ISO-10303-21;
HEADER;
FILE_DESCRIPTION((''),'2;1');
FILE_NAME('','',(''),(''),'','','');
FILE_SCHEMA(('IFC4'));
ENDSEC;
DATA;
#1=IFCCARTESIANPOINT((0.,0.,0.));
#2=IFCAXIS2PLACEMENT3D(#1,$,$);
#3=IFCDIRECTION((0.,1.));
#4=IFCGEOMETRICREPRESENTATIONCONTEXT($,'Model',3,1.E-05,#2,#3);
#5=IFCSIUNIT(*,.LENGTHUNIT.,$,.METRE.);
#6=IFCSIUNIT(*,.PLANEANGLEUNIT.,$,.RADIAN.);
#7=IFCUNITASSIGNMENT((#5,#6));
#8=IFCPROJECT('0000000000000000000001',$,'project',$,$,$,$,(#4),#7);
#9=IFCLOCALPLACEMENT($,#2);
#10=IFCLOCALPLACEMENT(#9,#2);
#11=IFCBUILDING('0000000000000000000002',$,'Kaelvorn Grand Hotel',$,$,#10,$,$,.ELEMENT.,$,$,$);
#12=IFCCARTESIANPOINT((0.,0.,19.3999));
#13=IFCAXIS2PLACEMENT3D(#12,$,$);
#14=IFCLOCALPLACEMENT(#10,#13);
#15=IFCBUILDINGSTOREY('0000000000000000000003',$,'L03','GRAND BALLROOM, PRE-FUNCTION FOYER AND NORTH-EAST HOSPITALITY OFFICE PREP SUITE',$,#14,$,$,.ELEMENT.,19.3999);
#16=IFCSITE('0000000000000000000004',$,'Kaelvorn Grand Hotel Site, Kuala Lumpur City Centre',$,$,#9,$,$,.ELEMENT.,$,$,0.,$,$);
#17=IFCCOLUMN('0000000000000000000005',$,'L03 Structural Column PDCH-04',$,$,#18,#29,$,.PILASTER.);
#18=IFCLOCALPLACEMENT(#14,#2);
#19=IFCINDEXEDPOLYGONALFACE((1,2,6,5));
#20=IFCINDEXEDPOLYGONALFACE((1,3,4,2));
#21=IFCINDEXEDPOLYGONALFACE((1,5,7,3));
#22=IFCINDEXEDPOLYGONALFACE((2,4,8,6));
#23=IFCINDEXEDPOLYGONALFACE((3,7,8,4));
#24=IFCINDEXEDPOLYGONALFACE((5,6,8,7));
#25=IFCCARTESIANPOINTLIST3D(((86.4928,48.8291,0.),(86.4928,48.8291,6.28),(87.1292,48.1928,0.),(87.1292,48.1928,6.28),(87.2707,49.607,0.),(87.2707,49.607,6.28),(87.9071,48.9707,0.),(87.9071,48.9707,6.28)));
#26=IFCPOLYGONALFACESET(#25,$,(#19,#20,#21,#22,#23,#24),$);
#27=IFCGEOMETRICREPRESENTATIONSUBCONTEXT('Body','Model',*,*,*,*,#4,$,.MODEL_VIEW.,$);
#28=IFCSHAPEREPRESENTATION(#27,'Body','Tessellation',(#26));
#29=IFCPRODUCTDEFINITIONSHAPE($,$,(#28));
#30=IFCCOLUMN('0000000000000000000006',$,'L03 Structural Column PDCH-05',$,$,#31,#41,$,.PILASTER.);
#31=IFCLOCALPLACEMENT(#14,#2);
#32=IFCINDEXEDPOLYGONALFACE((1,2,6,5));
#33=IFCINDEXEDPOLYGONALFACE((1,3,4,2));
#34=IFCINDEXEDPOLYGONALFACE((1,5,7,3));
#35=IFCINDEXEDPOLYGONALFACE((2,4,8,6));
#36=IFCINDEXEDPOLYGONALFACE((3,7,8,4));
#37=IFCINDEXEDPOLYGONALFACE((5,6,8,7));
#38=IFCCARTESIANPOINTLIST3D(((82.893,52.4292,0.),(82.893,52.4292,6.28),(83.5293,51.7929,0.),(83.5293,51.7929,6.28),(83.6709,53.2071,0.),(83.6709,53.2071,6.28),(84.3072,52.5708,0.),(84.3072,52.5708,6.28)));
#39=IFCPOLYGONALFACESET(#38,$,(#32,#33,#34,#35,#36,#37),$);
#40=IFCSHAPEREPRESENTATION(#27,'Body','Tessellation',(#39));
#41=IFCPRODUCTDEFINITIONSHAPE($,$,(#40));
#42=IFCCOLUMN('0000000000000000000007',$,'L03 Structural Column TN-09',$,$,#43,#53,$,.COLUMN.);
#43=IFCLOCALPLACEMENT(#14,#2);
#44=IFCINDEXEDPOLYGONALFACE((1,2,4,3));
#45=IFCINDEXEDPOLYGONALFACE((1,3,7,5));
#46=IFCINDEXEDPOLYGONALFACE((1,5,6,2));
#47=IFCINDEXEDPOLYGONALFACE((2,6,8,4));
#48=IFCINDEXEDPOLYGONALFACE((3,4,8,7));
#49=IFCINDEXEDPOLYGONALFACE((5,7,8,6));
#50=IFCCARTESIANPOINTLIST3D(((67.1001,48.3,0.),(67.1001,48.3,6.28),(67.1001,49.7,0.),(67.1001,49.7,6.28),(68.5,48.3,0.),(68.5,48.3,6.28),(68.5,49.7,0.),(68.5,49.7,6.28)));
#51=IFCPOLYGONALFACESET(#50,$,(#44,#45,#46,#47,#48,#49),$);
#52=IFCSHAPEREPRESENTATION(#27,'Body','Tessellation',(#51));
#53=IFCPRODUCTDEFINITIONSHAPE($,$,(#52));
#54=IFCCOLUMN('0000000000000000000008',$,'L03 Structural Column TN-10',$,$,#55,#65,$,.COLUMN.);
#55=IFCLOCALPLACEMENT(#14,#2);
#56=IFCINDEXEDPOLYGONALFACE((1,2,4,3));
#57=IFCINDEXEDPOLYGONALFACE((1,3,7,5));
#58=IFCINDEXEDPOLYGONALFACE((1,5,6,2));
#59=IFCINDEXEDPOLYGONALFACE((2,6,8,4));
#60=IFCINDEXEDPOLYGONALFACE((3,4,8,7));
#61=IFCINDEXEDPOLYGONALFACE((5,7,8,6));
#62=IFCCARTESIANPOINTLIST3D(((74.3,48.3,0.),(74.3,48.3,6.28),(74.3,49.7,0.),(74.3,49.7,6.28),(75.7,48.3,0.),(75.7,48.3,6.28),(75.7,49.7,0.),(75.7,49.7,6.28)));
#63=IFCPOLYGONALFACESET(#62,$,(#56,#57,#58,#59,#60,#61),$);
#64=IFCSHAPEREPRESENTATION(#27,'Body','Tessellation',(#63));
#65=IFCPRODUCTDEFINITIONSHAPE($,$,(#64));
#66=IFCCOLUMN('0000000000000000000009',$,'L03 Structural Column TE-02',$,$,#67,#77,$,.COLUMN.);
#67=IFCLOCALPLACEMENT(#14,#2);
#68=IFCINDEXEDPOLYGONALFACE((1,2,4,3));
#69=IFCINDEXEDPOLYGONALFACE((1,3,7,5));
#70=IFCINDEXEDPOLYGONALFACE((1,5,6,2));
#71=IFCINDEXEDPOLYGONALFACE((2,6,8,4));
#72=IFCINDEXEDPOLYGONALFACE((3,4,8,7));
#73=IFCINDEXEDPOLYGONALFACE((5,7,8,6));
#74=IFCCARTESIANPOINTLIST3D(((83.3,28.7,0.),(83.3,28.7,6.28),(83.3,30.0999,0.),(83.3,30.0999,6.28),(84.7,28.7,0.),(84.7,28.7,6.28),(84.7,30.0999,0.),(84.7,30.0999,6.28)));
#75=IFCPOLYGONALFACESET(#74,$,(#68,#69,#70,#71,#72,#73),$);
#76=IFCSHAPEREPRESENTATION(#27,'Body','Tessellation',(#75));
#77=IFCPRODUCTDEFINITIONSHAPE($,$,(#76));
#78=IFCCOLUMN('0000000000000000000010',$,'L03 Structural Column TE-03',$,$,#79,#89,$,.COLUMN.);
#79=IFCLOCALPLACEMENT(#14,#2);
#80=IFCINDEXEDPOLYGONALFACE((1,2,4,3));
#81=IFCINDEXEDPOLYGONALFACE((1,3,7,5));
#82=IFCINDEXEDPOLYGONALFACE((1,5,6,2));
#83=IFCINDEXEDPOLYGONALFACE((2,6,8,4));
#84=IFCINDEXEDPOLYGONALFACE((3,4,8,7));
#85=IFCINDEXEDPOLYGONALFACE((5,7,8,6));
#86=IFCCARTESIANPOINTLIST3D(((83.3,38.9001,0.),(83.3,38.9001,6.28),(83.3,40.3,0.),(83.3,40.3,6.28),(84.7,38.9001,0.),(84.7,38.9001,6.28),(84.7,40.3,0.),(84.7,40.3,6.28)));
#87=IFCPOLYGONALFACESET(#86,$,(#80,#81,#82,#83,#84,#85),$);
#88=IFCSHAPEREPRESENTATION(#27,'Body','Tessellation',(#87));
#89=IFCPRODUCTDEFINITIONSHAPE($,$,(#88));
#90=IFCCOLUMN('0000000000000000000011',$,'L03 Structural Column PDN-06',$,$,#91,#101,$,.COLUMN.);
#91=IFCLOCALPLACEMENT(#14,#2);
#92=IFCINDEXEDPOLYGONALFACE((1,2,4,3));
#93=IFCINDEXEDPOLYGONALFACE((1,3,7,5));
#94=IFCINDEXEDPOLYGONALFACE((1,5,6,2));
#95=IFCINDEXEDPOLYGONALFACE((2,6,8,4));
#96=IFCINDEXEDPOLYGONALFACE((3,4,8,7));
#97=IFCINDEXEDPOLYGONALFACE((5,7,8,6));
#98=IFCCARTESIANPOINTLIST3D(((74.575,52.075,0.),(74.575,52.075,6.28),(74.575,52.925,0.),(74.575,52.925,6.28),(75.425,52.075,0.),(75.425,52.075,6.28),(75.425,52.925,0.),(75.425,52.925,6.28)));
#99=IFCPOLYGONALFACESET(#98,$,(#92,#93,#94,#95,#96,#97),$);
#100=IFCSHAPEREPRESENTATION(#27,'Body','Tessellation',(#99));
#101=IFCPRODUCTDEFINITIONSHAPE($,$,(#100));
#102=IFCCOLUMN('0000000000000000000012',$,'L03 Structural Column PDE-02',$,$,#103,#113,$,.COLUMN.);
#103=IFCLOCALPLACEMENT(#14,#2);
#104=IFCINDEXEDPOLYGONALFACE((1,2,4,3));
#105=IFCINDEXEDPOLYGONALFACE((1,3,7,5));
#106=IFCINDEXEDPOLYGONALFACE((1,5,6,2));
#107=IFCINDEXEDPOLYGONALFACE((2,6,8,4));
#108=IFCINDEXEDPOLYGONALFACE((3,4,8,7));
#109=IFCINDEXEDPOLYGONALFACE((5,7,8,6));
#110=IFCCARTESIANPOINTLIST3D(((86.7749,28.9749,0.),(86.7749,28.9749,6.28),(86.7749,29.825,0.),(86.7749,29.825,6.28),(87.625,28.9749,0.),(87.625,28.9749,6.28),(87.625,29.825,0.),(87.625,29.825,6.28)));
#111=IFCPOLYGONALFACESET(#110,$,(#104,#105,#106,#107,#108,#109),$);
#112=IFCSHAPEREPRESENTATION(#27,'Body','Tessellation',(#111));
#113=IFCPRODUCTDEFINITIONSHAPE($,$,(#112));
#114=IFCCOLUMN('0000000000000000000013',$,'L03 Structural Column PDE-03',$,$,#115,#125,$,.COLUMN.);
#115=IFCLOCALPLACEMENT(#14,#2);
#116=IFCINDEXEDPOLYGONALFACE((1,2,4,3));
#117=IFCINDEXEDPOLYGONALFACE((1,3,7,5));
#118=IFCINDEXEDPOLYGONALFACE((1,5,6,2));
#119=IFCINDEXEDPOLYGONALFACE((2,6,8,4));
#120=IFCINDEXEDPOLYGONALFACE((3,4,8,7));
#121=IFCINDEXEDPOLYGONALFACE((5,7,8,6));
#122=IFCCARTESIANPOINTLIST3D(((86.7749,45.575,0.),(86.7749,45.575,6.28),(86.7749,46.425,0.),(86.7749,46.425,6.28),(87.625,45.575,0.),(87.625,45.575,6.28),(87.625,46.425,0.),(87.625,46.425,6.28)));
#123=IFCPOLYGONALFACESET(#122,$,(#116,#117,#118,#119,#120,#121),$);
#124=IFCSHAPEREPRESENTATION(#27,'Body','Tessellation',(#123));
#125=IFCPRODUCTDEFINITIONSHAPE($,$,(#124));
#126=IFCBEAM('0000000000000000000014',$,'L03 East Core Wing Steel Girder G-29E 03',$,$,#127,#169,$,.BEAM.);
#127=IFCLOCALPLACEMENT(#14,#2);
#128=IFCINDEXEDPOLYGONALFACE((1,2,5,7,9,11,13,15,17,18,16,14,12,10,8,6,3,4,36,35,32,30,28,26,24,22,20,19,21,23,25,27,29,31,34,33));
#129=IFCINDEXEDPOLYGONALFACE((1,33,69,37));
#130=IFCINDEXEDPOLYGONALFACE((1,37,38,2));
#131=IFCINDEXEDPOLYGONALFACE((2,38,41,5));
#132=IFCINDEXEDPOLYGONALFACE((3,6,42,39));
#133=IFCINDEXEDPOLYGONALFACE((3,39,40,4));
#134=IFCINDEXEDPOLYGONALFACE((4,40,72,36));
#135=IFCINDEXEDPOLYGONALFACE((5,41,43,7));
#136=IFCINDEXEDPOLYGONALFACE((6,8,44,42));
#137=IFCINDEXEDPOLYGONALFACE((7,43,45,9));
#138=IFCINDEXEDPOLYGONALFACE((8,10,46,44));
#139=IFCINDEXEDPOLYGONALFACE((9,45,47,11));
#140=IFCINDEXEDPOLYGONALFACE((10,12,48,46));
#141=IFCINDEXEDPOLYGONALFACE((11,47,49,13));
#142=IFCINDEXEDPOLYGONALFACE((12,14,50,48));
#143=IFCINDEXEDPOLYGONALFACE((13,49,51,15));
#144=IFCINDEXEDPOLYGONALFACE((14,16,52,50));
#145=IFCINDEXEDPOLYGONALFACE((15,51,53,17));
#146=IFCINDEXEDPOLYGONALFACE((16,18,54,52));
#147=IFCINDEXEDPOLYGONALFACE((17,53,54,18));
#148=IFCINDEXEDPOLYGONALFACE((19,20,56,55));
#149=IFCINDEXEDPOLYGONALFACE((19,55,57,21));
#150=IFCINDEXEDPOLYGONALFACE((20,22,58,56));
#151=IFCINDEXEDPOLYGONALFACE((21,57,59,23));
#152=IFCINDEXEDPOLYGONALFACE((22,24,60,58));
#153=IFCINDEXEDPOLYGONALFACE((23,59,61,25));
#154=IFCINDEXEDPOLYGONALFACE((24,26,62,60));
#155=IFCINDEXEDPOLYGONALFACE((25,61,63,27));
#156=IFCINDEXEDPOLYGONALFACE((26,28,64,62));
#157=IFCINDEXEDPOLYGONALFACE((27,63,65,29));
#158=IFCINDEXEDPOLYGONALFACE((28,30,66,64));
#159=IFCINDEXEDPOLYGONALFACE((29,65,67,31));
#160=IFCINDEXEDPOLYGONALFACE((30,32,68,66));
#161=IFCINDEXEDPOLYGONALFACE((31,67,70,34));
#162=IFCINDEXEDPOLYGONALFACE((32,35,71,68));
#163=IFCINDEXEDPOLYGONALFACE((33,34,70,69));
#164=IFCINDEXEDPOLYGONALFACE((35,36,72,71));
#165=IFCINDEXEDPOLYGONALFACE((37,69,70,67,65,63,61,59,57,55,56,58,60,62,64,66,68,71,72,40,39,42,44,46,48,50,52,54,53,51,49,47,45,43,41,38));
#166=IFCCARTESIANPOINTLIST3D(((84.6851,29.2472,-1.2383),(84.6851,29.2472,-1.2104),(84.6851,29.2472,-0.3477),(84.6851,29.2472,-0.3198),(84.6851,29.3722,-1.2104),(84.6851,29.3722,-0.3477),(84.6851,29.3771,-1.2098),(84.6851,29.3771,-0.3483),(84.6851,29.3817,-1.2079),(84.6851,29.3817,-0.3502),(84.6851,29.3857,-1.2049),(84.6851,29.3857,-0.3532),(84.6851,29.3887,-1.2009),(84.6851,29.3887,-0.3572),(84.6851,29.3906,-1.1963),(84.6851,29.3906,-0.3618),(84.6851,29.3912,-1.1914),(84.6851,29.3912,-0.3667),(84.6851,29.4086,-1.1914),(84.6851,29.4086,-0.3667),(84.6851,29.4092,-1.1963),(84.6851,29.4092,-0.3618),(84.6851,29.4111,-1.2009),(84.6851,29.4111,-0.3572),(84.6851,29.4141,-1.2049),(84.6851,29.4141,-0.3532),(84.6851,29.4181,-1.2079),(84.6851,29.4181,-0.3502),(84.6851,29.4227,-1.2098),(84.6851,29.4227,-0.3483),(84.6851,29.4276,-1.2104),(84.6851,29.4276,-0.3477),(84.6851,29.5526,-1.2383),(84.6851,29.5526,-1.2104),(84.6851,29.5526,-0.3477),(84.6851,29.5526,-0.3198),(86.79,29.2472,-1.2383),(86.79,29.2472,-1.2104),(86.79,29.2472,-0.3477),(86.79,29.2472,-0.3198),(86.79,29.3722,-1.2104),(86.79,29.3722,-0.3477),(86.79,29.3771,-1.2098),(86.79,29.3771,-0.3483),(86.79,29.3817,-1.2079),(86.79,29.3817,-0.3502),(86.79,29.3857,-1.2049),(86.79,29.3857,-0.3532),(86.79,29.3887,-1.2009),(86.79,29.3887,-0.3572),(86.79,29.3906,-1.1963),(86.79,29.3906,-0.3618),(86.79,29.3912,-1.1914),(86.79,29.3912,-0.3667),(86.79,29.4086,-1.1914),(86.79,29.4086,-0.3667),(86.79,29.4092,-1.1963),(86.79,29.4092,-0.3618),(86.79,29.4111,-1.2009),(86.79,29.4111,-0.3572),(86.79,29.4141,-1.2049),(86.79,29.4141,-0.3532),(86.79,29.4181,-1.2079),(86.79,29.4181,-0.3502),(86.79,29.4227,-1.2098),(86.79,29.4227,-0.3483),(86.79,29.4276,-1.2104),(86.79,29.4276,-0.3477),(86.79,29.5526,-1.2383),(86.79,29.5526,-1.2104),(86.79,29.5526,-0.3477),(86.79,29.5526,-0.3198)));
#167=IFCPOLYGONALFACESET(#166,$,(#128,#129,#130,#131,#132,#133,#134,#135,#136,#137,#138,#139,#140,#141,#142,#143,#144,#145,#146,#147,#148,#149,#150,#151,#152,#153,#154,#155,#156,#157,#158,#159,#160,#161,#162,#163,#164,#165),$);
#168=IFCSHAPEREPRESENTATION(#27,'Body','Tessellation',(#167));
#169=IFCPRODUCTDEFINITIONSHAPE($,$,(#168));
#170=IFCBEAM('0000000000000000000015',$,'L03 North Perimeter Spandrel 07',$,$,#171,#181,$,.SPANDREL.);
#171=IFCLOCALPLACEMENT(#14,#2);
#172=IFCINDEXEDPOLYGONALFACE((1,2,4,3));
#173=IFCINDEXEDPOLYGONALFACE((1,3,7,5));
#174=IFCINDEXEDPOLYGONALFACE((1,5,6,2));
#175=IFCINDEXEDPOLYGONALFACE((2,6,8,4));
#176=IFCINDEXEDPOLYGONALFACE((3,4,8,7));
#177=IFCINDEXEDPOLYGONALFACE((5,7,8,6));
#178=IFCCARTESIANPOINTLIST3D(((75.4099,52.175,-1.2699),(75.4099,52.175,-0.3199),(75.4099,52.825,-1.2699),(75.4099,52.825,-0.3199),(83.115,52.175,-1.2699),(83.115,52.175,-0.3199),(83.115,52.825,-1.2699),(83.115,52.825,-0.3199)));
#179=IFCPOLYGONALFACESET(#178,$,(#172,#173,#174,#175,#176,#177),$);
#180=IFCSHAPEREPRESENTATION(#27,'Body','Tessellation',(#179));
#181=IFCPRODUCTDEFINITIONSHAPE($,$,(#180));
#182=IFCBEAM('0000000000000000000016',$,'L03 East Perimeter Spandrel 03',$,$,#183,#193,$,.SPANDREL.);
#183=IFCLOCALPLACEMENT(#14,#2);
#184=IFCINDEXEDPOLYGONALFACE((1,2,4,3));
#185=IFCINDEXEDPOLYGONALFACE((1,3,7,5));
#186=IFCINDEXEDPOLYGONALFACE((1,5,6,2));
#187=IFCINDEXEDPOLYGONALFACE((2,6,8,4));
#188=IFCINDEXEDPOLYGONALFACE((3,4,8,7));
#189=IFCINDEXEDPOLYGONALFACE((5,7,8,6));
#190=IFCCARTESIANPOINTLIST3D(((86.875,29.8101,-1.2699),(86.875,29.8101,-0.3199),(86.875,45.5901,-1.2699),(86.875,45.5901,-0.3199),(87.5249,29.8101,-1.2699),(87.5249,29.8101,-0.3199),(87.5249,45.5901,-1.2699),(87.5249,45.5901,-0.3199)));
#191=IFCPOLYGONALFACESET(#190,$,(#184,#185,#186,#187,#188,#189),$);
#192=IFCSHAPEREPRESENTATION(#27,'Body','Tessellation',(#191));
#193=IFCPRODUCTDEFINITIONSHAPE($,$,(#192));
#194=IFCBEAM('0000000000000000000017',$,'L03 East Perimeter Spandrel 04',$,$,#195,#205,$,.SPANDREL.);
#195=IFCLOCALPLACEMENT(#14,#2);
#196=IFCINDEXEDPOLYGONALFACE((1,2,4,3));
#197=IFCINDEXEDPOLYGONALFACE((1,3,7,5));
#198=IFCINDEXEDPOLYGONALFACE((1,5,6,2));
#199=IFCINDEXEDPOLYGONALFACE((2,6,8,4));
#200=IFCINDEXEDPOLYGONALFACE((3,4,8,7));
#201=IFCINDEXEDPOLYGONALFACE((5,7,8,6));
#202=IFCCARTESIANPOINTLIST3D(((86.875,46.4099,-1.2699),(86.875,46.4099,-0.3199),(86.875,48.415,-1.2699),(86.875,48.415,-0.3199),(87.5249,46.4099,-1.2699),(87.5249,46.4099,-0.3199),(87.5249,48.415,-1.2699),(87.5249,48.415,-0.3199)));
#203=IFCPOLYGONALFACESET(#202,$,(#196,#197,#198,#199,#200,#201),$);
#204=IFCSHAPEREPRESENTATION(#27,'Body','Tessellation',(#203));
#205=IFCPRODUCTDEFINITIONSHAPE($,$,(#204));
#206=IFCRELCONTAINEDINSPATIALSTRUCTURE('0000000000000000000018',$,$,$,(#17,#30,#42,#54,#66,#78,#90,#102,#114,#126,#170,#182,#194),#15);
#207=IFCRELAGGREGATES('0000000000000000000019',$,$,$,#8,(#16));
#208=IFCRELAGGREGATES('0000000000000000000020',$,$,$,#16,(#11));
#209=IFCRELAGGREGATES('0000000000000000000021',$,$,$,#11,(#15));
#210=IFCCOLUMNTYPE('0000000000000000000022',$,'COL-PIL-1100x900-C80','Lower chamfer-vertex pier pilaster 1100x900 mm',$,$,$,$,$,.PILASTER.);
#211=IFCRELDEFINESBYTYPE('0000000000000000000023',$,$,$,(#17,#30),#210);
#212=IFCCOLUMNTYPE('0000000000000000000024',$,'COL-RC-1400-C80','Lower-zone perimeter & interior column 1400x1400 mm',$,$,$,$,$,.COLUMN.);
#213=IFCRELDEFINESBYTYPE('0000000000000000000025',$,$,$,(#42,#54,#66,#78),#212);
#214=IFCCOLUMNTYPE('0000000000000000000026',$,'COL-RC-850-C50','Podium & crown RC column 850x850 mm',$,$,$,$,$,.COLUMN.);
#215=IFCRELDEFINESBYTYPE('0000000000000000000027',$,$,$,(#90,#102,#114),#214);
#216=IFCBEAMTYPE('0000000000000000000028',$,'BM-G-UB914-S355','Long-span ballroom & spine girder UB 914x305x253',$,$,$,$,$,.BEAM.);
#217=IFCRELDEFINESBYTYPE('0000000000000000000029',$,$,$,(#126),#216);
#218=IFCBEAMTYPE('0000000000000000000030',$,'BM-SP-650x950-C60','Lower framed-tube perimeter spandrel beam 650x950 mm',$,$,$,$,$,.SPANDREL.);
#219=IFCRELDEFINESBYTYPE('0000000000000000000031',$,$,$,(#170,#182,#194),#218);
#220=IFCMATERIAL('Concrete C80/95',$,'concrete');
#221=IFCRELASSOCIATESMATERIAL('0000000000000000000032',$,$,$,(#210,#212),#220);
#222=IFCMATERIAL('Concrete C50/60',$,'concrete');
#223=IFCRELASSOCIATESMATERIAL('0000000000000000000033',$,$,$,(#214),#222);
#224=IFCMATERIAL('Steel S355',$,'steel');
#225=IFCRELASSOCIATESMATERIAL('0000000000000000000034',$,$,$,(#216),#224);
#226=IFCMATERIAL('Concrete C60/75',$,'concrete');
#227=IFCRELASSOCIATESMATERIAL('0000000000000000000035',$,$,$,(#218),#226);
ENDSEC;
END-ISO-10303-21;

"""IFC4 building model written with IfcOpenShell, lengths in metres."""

from ifc_helpers import new_model, si_unit, direction, frame, origin, origin_2d, place, context, subcontext, project, spatial, rectangle, i_section, extrude, material, material_profile, profile_set, type_object, element, save


model = new_model("IFC4")

# Units and contexts
model_context = context("Model", 3, precision=1e-05, world=origin(), true_north=direction((0.0, 1.0)))
body_context = subcontext(model_context, "Body", "Model", "MODEL_VIEW")
ifc_project = project(units=[si_unit("LENGTHUNIT", "METRE"), si_unit("PLANEANGLEUNIT", "RADIAN")], contexts=[model_context])

# Site, building, storey
site_placement = place(None, origin())
site = spatial("IfcSite", under=ifc_project, at=site_placement, Name="Kaelvorn Grand Hotel Site, Kuala Lumpur City Centre", CompositionType="ELEMENT", RefElevation=0.0)
building_placement = place(site_placement, origin())
building = spatial("IfcBuilding", under=site, at=building_placement, Name="Kaelvorn Grand Hotel", CompositionType="ELEMENT")
storey_placement = place(building_placement, frame((0.0, 0.0, 19.3999)))
storey = spatial("IfcBuildingStorey", under=building, at=storey_placement, Name="L03", Description="GRAND BALLROOM, PRE-FUNCTION FOYER AND NORTH-EAST HOSPITALITY OFFICE PREP SUITE", CompositionType="ELEMENT", Elevation=19.3999)

# Columns
ifc_material_1 = material(Name="Concrete C80/95", Category="concrete")
ifc_material_profile_1 = material_profile(ifc_material_1, rectangle(XDim=1.1001, YDim=0.8999, at=origin_2d()), Name="RC PILASTER 1100x900")
ifc_profile_set_1 = profile_set([ifc_material_profile_1], Name="Concrete C80/95")
column_type_1 = type_object("IfcColumnType", Name="COL-PIL-1100x900-C80", Description="Lower chamfer-vertex pier pilaster 1100x900 mm", PredefinedType="PILASTER", material=ifc_profile_set_1)
for number, where, z_axis, x_axis, name in (
    (1, (87.2, 48.8999, 0.0), (0.0, 0.0, 1.0), (0.707107, 0.707107, 0.0), "L03 Structural Column PDCH-04"),
    (2, (83.6001, 52.5, 0.0), (0.0, 0.0, 1.0), (0.707107, 0.707107, 0.0), "L03 Structural Column PDCH-05"),
):
    element("IfcColumn", number, at=place(storey_placement, frame(where, z_axis=z_axis, x_axis=x_axis)), inside=storey, type_object=column_type_1, Name=name, PredefinedType="PILASTER", context=body_context, shape_type="SweptSolid", body=[
        extrude(rectangle(XDim=1.1001, YDim=0.8999, at=origin_2d()), origin(), (0.0, 0.0, 1.0), 6.28),
    ])
ifc_material_profile_2 = material_profile(ifc_material_1, rectangle(XDim=1.3999, YDim=1.3999, at=origin_2d()), Name="RC COL 1400x1400")
ifc_profile_set_2 = profile_set([ifc_material_profile_2], Name="Concrete C80/95")
column_type_2 = type_object("IfcColumnType", Name="COL-RC-1400-C80", Description="Lower-zone perimeter & interior column 1400x1400 mm", PredefinedType="COLUMN", material=ifc_profile_set_2)
for number, where, z_axis, x_axis, name in (
    (3, (67.8, 49.0, 0.0), (0.0, 0.0, 1.0), (1.0, 0.0, 0.0), "L03 Structural Column TN-09"),
    (4, (75.0, 49.0, 0.0), (0.0, 0.0, 1.0), (1.0, 0.0, 0.0), "L03 Structural Column TN-10"),
    (5, (84.0, 29.3999, 0.0), (0.0, 0.0, 1.0), (1.0, 0.0, 0.0), "L03 Structural Column TE-02"),
    (6, (84.0, 39.6001, 0.0), (0.0, 0.0, 1.0), (1.0, 0.0, 0.0), "L03 Structural Column TE-03"),
):
    element("IfcColumn", number, at=place(storey_placement, frame(where, z_axis=z_axis, x_axis=x_axis)), inside=storey, type_object=column_type_2, Name=name, PredefinedType="COLUMN", context=body_context, shape_type="SweptSolid", body=[
        extrude(rectangle(XDim=1.3999, YDim=1.3999, at=origin_2d()), origin(), (0.0, 0.0, 1.0), 6.28),
    ])
ifc_material_2 = material(Name="Concrete C50/60", Category="concrete")
ifc_material_profile_3 = material_profile(ifc_material_2, rectangle(XDim=0.8501, YDim=0.8501, at=origin_2d()), Name="RC COL 850x850")
ifc_profile_set_3 = profile_set([ifc_material_profile_3], Name="Concrete C50/60")
column_type_3 = type_object("IfcColumnType", Name="COL-RC-850-C50", Description="Podium & crown RC column 850x850 mm", PredefinedType="COLUMN", material=ifc_profile_set_3)
for number, where, z_axis, x_axis, name in (
    (7, (75.0, 52.5, 0.0), (0.0, 0.0, 1.0), (1.0, 0.0, 0.0), "L03 Structural Column PDN-06"),
    (8, (87.2, 29.3999, 0.0), (0.0, 0.0, 1.0), (1.0, 0.0, 0.0), "L03 Structural Column PDE-02"),
    (9, (87.2, 46.0, 0.0), (0.0, 0.0, 1.0), (1.0, 0.0, 0.0), "L03 Structural Column PDE-03"),
):
    element("IfcColumn", number, at=place(storey_placement, frame(where, z_axis=z_axis, x_axis=x_axis)), inside=storey, type_object=column_type_3, Name=name, PredefinedType="COLUMN", context=body_context, shape_type="SweptSolid", body=[
        extrude(rectangle(XDim=0.8501, YDim=0.8501, at=origin_2d()), origin(), (0.0, 0.0, 1.0), 6.28),
    ])

# Beams
ifc_material_3 = material(Name="Steel S355", Category="steel")
ifc_material_profile_4 = material_profile(ifc_material_3, i_section(OverallWidth=0.3054, OverallDepth=0.9185, WebThickness=0.0173, FlangeThickness=0.0278, FilletRadius=0.019, at=origin_2d()), Name="UB 914x305x253")
ifc_profile_set_4 = profile_set([ifc_material_profile_4], Name="Steel S355")
beam_type_1 = type_object("IfcBeamType", Name="BM-G-UB914-S355", Description="Long-span ballroom & spine girder UB 914x305x253", PredefinedType="BEAM", material=ifc_profile_set_4)
beam_1_placement = place(storey_placement, frame((84.6851, 29.3999, -0.7791), z_axis=(1.0, 0.0, 0.0), x_axis=(0.0, 1.0, 0.0)))
element("IfcBeam", 10, at=beam_1_placement, inside=storey, type_object=beam_type_1, Name="L03 East Core Wing Steel Girder G-29E 03", PredefinedType="BEAM", context=body_context, shape_type="SweptSolid", body=[
    extrude(i_section(OverallWidth=0.3054, OverallDepth=0.9185, WebThickness=0.0173, FlangeThickness=0.0278, FilletRadius=0.019, at=origin_2d()), origin(), (0.0, 0.0, 1.0), 2.105),
])
ifc_material_4 = material(Name="Concrete C60/75", Category="concrete")
ifc_material_profile_5 = material_profile(ifc_material_4, rectangle(XDim=0.6499, YDim=0.95, at=origin_2d()), Name="RC SPANDREL 650x950")
ifc_profile_set_5 = profile_set([ifc_material_profile_5], Name="Concrete C60/75")
beam_type_2 = type_object("IfcBeamType", Name="BM-SP-650x950-C60", Description="Lower framed-tube perimeter spandrel beam 650x950 mm", PredefinedType="SPANDREL", material=ifc_profile_set_5)
beam_2_placement = place(storey_placement, frame((75.4099, 52.5, -0.7949), z_axis=(1.0, 0.0, 0.0), x_axis=(0.0, 1.0, 0.0)))
element("IfcBeam", 11, at=beam_2_placement, inside=storey, type_object=beam_type_2, Name="L03 North Perimeter Spandrel 07", PredefinedType="SPANDREL", context=body_context, shape_type="SweptSolid", body=[
    extrude(rectangle(XDim=0.6499, YDim=0.95, at=origin_2d()), origin(), (0.0, 0.0, 1.0), 7.7051),
])
beam_3_placement = place(storey_placement, frame((87.2, 29.8101, -0.7949), z_axis=(0.0, 1.0, 0.0), x_axis=(-1.0, 0.0, 0.0)))
element("IfcBeam", 12, at=beam_3_placement, inside=storey, type_object=beam_type_2, Name="L03 East Perimeter Spandrel 03", PredefinedType="SPANDREL", context=body_context, shape_type="SweptSolid", body=[
    extrude(rectangle(XDim=0.6499, YDim=0.95, at=origin_2d()), origin(), (0.0, 0.0, 1.0), 15.78),
])
beam_4_placement = place(storey_placement, frame((87.2, 46.4099, -0.7949), z_axis=(0.0, 1.0, 0.0), x_axis=(-1.0, 0.0, 0.0)))
element("IfcBeam", 13, at=beam_4_placement, inside=storey, type_object=beam_type_2, Name="L03 East Perimeter Spandrel 04", PredefinedType="SPANDREL", context=body_context, shape_type="SweptSolid", body=[
    extrude(rectangle(XDim=0.6499, YDim=0.95, at=origin_2d()), origin(), (0.0, 0.0, 1.0), 2.0051),
])

save(model, "model.ifc")
